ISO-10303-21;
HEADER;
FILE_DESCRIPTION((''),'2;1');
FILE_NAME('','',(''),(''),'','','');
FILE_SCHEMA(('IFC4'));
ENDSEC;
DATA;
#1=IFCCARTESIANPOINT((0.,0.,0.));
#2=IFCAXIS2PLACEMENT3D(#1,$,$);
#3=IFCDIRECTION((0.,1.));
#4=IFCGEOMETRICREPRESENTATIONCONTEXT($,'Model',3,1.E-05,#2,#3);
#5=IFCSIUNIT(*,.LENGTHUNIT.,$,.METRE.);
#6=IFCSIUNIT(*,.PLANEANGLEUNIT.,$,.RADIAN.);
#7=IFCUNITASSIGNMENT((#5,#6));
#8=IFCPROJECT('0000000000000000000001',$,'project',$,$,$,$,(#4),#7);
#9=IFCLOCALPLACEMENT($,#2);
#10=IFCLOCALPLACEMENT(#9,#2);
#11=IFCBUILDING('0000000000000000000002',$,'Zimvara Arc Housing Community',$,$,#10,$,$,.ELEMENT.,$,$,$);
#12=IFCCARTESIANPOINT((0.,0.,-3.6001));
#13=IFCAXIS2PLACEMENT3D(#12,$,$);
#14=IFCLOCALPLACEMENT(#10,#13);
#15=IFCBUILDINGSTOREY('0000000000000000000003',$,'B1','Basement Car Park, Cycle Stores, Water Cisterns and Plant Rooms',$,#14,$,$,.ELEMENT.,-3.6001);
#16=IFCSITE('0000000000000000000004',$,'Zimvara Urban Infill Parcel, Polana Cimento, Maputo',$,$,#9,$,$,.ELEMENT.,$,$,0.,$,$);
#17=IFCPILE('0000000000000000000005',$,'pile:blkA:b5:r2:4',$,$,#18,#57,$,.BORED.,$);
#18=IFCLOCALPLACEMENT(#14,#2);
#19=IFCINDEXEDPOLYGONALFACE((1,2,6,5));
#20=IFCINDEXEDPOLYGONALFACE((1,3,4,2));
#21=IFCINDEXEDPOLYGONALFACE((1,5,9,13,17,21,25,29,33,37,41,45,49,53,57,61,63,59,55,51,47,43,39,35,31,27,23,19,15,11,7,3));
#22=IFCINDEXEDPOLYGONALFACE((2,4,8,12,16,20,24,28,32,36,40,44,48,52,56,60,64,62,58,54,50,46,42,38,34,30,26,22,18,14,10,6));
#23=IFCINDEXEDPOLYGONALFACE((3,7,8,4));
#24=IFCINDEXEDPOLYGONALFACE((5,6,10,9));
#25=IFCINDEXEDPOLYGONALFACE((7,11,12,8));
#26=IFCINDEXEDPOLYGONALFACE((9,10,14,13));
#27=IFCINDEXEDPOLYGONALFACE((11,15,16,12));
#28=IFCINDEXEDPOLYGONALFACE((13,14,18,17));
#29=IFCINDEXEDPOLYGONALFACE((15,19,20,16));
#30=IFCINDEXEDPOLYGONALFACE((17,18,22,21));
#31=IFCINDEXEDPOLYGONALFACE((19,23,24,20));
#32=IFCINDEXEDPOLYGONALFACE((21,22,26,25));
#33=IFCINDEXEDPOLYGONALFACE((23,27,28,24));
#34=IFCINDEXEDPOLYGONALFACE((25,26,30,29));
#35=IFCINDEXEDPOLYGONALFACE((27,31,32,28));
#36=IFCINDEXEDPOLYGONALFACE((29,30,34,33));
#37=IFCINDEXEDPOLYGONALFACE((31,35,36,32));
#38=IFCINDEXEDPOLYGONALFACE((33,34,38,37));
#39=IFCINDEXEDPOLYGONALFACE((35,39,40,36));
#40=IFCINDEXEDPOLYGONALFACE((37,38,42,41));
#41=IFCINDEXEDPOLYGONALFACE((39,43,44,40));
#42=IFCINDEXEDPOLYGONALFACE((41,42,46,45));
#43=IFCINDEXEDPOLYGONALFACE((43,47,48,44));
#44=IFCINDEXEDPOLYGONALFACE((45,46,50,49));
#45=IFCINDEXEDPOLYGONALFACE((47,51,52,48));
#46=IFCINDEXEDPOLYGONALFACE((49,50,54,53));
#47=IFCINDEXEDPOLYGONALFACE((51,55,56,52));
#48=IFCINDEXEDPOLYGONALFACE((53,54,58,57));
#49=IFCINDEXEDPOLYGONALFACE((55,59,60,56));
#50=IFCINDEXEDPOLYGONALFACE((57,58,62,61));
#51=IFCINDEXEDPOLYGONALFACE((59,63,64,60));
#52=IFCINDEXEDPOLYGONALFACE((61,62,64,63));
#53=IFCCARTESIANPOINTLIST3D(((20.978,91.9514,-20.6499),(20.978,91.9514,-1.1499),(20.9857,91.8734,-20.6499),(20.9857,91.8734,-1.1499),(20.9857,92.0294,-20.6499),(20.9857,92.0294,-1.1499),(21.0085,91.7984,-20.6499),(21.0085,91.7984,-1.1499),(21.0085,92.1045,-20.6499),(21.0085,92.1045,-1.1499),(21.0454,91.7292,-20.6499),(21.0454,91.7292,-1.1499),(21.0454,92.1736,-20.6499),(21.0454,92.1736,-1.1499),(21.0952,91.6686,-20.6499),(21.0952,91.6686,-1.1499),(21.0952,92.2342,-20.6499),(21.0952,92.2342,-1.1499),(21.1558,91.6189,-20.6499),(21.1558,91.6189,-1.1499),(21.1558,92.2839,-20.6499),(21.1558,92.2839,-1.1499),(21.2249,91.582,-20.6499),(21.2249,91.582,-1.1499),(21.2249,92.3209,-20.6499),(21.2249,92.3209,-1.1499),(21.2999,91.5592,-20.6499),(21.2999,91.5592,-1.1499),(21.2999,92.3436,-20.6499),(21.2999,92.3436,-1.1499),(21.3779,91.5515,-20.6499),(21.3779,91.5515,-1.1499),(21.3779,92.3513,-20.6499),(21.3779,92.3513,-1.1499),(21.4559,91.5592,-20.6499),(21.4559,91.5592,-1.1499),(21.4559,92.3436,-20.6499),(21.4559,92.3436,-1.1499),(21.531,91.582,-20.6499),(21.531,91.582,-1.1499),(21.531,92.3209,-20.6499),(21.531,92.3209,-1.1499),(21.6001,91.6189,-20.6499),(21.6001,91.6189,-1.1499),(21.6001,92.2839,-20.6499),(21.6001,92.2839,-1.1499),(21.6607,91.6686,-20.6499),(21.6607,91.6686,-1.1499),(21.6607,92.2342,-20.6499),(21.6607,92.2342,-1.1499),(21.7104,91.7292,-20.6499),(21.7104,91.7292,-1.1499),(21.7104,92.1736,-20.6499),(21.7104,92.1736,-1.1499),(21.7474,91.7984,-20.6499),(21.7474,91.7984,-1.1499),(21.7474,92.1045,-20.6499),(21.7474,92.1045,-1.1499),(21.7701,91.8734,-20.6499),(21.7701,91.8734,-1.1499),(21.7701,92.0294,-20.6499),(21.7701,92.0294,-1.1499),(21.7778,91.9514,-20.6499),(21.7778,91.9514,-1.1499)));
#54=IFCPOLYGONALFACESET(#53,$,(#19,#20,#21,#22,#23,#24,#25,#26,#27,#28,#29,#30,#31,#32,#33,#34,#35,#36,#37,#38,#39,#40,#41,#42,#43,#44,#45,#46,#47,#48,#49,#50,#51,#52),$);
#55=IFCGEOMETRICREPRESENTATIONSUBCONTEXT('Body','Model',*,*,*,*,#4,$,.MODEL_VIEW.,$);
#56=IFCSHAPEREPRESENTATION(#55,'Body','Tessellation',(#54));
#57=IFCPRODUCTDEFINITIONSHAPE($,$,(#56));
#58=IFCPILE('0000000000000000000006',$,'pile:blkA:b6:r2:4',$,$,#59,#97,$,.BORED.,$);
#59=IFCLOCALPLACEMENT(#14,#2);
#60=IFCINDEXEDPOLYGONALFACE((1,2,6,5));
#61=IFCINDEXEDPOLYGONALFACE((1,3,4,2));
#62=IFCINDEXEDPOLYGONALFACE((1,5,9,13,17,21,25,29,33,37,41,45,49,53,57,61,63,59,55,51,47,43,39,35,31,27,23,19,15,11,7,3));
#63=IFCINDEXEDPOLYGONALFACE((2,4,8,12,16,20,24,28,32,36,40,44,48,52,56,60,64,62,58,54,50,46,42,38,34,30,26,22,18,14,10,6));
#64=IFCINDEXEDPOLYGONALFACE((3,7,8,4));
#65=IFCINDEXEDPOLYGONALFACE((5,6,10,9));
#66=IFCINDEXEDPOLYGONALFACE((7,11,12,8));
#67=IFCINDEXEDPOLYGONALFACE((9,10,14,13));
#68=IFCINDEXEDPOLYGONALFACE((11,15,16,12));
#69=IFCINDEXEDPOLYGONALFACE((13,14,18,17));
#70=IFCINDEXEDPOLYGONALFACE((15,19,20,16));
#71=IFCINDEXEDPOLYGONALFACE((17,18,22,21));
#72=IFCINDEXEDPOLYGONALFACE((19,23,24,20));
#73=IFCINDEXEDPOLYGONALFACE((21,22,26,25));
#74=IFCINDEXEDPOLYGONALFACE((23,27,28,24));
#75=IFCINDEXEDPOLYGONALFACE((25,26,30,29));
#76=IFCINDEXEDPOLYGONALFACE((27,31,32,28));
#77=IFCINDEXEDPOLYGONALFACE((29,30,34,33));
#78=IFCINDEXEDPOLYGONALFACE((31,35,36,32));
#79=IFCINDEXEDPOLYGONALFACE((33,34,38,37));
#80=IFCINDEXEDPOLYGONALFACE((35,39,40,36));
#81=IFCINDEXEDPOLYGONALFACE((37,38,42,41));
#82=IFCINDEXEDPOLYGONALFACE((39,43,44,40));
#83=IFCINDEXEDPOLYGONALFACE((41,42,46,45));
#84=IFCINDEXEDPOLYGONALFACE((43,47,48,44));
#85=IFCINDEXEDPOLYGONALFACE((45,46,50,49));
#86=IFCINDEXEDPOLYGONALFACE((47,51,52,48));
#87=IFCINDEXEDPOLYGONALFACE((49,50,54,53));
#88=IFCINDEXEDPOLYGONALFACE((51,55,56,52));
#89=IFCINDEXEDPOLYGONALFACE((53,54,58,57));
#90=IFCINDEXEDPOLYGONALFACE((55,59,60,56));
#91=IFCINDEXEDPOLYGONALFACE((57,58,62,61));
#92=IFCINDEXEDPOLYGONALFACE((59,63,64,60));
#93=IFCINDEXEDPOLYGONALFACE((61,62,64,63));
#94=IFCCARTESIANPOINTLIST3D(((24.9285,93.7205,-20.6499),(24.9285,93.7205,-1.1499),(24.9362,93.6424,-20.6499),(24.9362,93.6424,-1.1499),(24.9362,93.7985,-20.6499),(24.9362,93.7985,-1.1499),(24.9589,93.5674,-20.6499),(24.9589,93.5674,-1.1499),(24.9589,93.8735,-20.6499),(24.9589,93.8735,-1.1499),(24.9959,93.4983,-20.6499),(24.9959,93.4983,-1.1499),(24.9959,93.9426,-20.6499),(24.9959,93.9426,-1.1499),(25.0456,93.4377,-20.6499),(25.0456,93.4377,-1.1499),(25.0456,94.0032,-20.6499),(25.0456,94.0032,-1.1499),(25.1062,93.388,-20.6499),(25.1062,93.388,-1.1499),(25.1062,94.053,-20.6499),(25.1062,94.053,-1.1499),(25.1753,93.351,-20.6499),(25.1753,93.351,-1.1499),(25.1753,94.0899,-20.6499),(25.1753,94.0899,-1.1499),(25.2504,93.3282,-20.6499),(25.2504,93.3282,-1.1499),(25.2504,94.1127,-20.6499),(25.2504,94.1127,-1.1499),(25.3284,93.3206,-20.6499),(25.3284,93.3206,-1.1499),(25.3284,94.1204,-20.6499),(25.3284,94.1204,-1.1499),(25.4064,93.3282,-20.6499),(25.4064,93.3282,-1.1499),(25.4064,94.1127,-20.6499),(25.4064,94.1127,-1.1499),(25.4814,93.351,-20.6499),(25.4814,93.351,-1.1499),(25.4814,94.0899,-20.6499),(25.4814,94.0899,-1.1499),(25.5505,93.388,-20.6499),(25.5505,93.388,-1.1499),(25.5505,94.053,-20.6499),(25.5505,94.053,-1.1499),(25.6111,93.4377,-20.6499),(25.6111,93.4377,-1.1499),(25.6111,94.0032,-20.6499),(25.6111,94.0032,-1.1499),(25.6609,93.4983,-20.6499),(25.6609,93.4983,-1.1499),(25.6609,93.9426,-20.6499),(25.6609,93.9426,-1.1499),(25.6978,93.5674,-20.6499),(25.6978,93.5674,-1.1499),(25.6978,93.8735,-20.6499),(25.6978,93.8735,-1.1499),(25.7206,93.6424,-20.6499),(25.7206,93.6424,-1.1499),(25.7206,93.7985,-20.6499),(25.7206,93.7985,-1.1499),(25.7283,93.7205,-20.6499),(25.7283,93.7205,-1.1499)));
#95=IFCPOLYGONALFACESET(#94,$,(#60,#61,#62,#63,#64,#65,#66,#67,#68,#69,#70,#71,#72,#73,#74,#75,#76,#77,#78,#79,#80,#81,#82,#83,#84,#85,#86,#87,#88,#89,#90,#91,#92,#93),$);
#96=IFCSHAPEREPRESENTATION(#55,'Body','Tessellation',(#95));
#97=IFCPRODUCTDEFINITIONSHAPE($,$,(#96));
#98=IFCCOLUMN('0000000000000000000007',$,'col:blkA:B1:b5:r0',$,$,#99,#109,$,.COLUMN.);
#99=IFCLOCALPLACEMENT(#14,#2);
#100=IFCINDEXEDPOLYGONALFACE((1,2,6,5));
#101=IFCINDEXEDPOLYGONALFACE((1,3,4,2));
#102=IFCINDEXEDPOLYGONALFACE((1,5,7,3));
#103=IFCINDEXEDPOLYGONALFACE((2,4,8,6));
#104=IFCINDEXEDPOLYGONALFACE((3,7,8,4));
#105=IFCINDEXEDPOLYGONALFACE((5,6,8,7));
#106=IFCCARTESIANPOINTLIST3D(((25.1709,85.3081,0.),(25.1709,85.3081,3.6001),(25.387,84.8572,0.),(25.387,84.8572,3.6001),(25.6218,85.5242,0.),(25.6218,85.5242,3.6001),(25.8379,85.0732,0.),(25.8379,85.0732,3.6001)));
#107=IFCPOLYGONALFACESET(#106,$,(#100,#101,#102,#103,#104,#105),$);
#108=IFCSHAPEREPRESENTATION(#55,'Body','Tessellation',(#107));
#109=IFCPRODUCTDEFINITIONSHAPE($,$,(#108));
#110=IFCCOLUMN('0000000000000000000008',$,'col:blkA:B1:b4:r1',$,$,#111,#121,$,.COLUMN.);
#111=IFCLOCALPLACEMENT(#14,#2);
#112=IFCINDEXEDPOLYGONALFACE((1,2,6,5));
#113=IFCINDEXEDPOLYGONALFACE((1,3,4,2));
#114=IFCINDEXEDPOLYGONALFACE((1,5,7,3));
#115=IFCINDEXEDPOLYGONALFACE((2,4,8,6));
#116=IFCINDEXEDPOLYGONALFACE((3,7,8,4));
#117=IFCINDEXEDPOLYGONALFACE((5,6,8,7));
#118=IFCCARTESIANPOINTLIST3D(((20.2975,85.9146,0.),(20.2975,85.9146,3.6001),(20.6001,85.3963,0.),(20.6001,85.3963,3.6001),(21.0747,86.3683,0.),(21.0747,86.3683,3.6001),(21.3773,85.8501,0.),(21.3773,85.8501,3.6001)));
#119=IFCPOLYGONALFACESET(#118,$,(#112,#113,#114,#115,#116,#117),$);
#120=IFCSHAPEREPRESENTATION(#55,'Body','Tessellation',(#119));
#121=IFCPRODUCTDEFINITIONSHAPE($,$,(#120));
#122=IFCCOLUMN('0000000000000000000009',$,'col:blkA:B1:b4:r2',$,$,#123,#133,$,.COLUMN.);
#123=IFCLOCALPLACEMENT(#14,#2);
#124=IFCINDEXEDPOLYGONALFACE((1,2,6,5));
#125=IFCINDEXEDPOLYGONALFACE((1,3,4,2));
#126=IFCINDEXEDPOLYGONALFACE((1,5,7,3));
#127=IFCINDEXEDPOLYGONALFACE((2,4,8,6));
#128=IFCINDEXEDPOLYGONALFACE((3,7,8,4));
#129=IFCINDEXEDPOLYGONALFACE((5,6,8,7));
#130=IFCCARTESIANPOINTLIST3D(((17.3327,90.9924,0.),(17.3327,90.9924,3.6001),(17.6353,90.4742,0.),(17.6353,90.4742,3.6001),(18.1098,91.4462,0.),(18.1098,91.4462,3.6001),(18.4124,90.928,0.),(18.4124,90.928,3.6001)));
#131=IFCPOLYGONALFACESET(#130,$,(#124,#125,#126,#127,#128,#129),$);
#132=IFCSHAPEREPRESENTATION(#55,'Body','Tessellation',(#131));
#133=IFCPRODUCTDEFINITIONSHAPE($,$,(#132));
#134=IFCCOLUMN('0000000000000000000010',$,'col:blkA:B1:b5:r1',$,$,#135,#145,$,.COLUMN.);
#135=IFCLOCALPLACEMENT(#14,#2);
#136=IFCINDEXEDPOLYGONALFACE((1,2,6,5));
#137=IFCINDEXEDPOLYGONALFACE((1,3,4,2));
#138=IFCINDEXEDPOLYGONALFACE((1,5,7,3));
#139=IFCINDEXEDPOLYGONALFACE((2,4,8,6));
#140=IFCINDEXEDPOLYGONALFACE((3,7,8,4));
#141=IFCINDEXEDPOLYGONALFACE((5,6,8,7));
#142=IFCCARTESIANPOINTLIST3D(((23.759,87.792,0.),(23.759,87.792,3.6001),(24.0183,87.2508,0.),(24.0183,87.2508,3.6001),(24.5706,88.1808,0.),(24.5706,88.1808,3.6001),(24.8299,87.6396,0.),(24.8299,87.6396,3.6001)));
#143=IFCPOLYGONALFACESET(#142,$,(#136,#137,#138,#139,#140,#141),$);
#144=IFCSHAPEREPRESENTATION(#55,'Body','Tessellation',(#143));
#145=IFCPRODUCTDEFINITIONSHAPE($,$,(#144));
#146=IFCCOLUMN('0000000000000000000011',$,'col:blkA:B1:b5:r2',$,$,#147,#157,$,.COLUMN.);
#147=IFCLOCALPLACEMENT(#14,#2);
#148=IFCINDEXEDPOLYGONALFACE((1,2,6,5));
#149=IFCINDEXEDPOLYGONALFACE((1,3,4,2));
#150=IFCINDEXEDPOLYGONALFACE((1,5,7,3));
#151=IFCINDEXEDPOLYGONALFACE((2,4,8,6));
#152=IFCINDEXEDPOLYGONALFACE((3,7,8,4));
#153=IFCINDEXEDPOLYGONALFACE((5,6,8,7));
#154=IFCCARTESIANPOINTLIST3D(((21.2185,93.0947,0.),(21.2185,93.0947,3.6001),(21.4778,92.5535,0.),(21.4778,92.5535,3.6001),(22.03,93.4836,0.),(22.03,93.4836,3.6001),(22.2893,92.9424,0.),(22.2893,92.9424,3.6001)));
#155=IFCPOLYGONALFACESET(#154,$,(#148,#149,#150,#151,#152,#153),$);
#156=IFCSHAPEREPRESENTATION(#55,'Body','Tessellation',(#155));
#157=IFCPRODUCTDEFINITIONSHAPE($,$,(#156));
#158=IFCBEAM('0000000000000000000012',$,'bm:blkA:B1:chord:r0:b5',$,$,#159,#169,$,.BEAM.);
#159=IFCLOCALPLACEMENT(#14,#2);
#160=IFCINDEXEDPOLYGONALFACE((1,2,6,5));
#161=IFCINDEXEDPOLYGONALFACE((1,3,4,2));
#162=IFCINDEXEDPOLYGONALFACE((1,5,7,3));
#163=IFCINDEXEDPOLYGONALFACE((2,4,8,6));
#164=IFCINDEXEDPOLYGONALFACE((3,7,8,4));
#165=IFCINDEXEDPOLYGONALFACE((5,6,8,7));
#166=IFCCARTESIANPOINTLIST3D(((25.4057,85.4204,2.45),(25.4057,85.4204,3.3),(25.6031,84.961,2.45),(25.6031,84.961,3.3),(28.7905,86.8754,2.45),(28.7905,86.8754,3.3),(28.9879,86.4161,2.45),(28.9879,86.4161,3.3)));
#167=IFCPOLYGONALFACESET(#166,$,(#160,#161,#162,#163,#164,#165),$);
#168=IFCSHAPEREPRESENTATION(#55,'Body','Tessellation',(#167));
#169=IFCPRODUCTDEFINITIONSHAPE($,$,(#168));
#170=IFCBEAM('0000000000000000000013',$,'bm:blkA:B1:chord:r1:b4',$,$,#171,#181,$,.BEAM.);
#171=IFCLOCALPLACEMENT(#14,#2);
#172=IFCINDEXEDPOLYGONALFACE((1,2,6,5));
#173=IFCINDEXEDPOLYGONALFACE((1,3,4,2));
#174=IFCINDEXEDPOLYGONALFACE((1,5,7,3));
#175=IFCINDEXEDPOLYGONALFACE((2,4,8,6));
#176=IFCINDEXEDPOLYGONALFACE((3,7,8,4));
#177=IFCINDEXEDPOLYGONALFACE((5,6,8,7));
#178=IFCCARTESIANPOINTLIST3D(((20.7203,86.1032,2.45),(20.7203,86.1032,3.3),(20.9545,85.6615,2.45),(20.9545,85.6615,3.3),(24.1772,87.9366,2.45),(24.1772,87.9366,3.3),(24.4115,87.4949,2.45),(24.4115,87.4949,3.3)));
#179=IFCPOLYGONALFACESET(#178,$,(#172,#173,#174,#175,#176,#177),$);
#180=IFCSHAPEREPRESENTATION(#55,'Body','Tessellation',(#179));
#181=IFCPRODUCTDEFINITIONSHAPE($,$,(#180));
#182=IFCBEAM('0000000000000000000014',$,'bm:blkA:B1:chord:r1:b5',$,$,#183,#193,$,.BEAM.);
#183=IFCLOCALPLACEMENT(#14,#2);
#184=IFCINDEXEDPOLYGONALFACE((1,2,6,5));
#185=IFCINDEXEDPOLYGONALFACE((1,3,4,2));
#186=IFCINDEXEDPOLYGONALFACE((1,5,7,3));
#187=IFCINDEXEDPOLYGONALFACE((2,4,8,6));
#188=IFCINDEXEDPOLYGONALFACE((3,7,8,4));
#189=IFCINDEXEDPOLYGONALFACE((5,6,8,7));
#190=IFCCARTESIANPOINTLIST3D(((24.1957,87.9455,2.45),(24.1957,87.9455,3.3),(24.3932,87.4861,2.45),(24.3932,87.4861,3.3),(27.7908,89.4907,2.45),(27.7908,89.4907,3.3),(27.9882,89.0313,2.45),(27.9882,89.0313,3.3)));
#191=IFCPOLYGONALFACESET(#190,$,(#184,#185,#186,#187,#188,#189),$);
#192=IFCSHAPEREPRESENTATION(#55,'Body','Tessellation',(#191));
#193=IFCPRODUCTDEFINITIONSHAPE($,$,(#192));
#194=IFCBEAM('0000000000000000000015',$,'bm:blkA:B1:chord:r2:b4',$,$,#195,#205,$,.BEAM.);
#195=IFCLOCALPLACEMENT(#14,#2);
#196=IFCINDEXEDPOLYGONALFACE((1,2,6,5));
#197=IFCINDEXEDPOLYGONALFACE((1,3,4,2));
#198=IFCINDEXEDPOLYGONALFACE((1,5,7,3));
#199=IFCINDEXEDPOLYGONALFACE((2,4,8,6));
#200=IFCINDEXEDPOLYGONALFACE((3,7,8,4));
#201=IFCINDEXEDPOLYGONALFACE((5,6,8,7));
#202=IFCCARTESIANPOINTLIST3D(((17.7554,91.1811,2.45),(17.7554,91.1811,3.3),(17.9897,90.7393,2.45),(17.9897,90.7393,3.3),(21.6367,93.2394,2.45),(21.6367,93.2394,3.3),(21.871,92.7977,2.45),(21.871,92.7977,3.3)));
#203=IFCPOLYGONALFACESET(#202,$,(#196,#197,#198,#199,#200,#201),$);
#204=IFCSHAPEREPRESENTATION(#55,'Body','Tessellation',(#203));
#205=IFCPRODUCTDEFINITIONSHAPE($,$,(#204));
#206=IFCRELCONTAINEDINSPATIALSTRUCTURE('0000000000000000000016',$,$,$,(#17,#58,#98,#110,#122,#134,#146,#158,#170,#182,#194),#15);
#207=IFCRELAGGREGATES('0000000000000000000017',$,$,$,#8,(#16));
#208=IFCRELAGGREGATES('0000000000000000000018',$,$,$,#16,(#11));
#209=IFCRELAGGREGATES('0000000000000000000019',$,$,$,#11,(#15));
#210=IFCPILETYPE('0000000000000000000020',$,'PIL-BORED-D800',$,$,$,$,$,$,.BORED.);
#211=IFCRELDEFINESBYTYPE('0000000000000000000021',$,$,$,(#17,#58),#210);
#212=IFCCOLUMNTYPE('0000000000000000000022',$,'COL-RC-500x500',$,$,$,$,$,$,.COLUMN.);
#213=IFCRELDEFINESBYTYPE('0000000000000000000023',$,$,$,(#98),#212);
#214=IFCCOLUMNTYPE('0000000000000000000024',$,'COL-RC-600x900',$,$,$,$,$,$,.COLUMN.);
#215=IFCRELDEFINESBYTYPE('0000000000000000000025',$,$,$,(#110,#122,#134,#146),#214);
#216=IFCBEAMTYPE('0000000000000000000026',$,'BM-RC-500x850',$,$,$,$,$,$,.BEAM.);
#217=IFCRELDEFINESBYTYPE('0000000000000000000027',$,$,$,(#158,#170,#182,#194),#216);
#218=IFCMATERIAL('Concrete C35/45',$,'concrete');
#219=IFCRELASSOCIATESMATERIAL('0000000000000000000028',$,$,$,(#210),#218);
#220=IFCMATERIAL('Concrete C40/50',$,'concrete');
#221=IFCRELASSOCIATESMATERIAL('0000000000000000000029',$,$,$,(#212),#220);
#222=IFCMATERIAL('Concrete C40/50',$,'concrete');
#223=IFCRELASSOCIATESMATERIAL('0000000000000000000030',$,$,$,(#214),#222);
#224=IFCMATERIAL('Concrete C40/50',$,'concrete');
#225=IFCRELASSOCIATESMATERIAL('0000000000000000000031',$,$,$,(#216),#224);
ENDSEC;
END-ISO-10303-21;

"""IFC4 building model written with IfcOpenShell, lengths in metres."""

from ifc_helpers import new_model, si_unit, direction, frame, origin, origin_2d, place, context, subcontext, project, spatial, rectangle, circle, extrude, material, material_profile, profile_set, type_object, element, save


model = new_model("IFC4")

# Units and contexts
model_context = context("Model", 3, precision=1e-05, world=origin(), true_north=direction((0.0, 1.0)))
body_context = subcontext(model_context, "Body", "Model", "MODEL_VIEW")
ifc_project = project(units=[si_unit("LENGTHUNIT", "METRE"), si_unit("PLANEANGLEUNIT", "RADIAN")], contexts=[model_context])

# Site, building, storey
site_placement = place(None, origin())
site = spatial("IfcSite", under=ifc_project, at=site_placement, Name="Zimvara Urban Infill Parcel, Polana Cimento, Maputo", CompositionType="ELEMENT", RefElevation=0.0)
building_placement = place(site_placement, origin())
building = spatial("IfcBuilding", under=site, at=building_placement, Name="Zimvara Arc Housing Community", CompositionType="ELEMENT")
storey_placement = place(building_placement, frame((0.0, 0.0, -3.6001)))
storey = spatial("IfcBuildingStorey", under=building, at=storey_placement, Name="B1", Description="Basement Car Park, Cycle Stores, Water Cisterns and Plant Rooms", CompositionType="ELEMENT", Elevation=-3.6001)

# Piles
ifc_material_1 = material(Name="Concrete C35/45", Category="concrete")
ifc_material_profile_1 = material_profile(ifc_material_1, circle(Radius=0.3999, at=origin_2d()), Name="PILE D800")
ifc_profile_set_1 = profile_set([ifc_material_profile_1], Name="Concrete C35/45")
pile_type = type_object("IfcPileType", Name="PIL-BORED-D800", PredefinedType="BORED", material=ifc_profile_set_1)
for number, where, z_axis, x_axis, name in (
    (1, (21.3779, 91.9514, -1.1499), (0.0, 0.0, -1.0), (1.0, 0.0, 0.0), "pile:blkA:b5:r2:4"),
    (2, (25.3284, 93.7205, -1.1499), (0.0, 0.0, -1.0), (1.0, 0.0, 0.0), "pile:blkA:b6:r2:4"),
):
    element("IfcPile", number, at=place(storey_placement, frame(where, z_axis=z_axis, x_axis=x_axis)), inside=storey, type_object=pile_type, Name=name, PredefinedType="BORED", context=body_context, shape_type="SweptSolid", body=[
        extrude(circle(Radius=0.3999, at=origin_2d()), origin(), (0.0, 0.0, 1.0), 19.5),
    ])

# Columns
ifc_material_2 = material(Name="Concrete C40/50", Category="concrete")
ifc_material_profile_2 = material_profile(ifc_material_2, rectangle(XDim=0.5, YDim=0.5, at=origin_2d()), Name="RC 500x500")
ifc_profile_set_2 = profile_set([ifc_material_profile_2], Name="Concrete C40/50")
column_type_1 = type_object("IfcColumnType", Name="COL-RC-500x500", PredefinedType="COLUMN", material=ifc_profile_set_2)
column_placement = place(storey_placement, frame((25.5044, 85.1907, 0.0), z_axis=(0.0, 0.0, 1.0), x_axis=(-0.432086, 0.901833, 0.0)))
element("IfcColumn", 3, at=column_placement, inside=storey, type_object=column_type_1, Name="col:blkA:B1:b5:r0", PredefinedType="COLUMN", context=body_context, shape_type="SweptSolid", body=[
    extrude(rectangle(XDim=0.5, YDim=0.5, at=origin_2d()), origin(), (0.0, 0.0, 1.0), 3.6001),
])
ifc_material_3 = material(Name="Concrete C40/50", Category="concrete")
ifc_material_profile_3 = material_profile(ifc_material_3, rectangle(XDim=0.6001, YDim=0.8999, at=origin_2d()), Name="RC 600x900")
ifc_profile_set_3 = profile_set([ifc_material_profile_3], Name="Concrete C40/50")
column_type_2 = type_object("IfcColumnType", Name="COL-RC-600x900", PredefinedType="COLUMN", material=ifc_profile_set_3)
for number, where, z_axis, x_axis, name in (
    (4, (20.8374, 85.8823, 0.0), (0.0, 0.0, 1.0), (-0.504226, 0.863572, 0.0), "col:blkA:B1:b4:r1"),
    (5, (17.8726, 90.9602, 0.0), (0.0, 0.0, 1.0), (-0.504226, 0.863572, 0.0), "col:blkA:B1:b4:r2"),
    (6, (24.2944, 87.7158, 0.0), (0.0, 0.0, 1.0), (-0.432086, 0.901833, 0.0), "col:blkA:B1:b5:r1"),
    (7, (21.7539, 93.0186, 0.0), (0.0, 0.0, 1.0), (-0.432086, 0.901833, 0.0), "col:blkA:B1:b5:r2"),
):
    element("IfcColumn", number, at=place(storey_placement, frame(where, z_axis=z_axis, x_axis=x_axis)), inside=storey, type_object=column_type_2, Name=name, PredefinedType="COLUMN", context=body_context, shape_type="SweptSolid", body=[
        extrude(rectangle(XDim=0.6001, YDim=0.8999, at=origin_2d()), origin(), (0.0, 0.0, 1.0), 3.6001),
    ])

# Beams
ifc_material_4 = material(Name="Concrete C40/50", Category="concrete")
ifc_material_profile_4 = material_profile(ifc_material_4, rectangle(XDim=0.5, YDim=0.8501, at=origin_2d()), Name="RC 500x850")
ifc_profile_set_4 = profile_set([ifc_material_profile_4], Name="Concrete C40/50")
beam_type = type_object("IfcBeamType", Name="BM-RC-500x850", PredefinedType="BEAM", material=ifc_profile_set_4)
beam_1_placement = place(storey_placement, frame((25.5044, 85.1907, 2.875), z_axis=(0.918706, 0.394943, 0.0), x_axis=(-0.394943, 0.918706, 0.0)))
element("IfcBeam", 8, at=beam_1_placement, inside=storey, type_object=beam_type, Name="bm:blkA:B1:chord:r0:b5", PredefinedType="BEAM", context=body_context, shape_type="SweptSolid", body=[
    extrude(rectangle(XDim=0.5, YDim=0.8501, at=origin_2d()), origin(), (0.0, 0.0, 1.0), 3.6843),
])
for number, where, z_axis, x_axis, name in (
    (9, (20.8374, 85.8823, 2.875), (0.883439, 0.468547, 0.0), (-0.468547, 0.883439, 0.0), "bm:blkA:B1:chord:r1:b4"),
    (10, (24.2944, 87.7158, 2.875), (0.918731, 0.394883, 0.0), (-0.394883, 0.918731, 0.0), "bm:blkA:B1:chord:r1:b5"),
):
    element("IfcBeam", number, at=place(storey_placement, frame(where, z_axis=z_axis, x_axis=x_axis)), inside=storey, type_object=beam_type, Name=name, PredefinedType="BEAM", context=body_context, shape_type="SweptSolid", body=[
        extrude(rectangle(XDim=0.5, YDim=0.8501, at=origin_2d()), origin(), (0.0, 0.0, 1.0), 3.9131),
    ])
for number, where, z_axis, x_axis, name in (
    (11, (17.8726, 90.9602, 2.875), (0.883457, 0.468513, 0.0), (-0.468513, 0.883457, 0.0), "bm:blkA:B1:chord:r2:b4"),
):
    element("IfcBeam", number, at=place(storey_placement, frame(where, z_axis=z_axis, x_axis=x_axis)), inside=storey, type_object=beam_type, Name=name, PredefinedType="BEAM", context=body_context, shape_type="SweptSolid", body=[
        extrude(rectangle(XDim=0.5, YDim=0.8501, at=origin_2d()), origin(), (0.0, 0.0, 1.0), 4.3933),
    ])

save(model, "model.ifc")
